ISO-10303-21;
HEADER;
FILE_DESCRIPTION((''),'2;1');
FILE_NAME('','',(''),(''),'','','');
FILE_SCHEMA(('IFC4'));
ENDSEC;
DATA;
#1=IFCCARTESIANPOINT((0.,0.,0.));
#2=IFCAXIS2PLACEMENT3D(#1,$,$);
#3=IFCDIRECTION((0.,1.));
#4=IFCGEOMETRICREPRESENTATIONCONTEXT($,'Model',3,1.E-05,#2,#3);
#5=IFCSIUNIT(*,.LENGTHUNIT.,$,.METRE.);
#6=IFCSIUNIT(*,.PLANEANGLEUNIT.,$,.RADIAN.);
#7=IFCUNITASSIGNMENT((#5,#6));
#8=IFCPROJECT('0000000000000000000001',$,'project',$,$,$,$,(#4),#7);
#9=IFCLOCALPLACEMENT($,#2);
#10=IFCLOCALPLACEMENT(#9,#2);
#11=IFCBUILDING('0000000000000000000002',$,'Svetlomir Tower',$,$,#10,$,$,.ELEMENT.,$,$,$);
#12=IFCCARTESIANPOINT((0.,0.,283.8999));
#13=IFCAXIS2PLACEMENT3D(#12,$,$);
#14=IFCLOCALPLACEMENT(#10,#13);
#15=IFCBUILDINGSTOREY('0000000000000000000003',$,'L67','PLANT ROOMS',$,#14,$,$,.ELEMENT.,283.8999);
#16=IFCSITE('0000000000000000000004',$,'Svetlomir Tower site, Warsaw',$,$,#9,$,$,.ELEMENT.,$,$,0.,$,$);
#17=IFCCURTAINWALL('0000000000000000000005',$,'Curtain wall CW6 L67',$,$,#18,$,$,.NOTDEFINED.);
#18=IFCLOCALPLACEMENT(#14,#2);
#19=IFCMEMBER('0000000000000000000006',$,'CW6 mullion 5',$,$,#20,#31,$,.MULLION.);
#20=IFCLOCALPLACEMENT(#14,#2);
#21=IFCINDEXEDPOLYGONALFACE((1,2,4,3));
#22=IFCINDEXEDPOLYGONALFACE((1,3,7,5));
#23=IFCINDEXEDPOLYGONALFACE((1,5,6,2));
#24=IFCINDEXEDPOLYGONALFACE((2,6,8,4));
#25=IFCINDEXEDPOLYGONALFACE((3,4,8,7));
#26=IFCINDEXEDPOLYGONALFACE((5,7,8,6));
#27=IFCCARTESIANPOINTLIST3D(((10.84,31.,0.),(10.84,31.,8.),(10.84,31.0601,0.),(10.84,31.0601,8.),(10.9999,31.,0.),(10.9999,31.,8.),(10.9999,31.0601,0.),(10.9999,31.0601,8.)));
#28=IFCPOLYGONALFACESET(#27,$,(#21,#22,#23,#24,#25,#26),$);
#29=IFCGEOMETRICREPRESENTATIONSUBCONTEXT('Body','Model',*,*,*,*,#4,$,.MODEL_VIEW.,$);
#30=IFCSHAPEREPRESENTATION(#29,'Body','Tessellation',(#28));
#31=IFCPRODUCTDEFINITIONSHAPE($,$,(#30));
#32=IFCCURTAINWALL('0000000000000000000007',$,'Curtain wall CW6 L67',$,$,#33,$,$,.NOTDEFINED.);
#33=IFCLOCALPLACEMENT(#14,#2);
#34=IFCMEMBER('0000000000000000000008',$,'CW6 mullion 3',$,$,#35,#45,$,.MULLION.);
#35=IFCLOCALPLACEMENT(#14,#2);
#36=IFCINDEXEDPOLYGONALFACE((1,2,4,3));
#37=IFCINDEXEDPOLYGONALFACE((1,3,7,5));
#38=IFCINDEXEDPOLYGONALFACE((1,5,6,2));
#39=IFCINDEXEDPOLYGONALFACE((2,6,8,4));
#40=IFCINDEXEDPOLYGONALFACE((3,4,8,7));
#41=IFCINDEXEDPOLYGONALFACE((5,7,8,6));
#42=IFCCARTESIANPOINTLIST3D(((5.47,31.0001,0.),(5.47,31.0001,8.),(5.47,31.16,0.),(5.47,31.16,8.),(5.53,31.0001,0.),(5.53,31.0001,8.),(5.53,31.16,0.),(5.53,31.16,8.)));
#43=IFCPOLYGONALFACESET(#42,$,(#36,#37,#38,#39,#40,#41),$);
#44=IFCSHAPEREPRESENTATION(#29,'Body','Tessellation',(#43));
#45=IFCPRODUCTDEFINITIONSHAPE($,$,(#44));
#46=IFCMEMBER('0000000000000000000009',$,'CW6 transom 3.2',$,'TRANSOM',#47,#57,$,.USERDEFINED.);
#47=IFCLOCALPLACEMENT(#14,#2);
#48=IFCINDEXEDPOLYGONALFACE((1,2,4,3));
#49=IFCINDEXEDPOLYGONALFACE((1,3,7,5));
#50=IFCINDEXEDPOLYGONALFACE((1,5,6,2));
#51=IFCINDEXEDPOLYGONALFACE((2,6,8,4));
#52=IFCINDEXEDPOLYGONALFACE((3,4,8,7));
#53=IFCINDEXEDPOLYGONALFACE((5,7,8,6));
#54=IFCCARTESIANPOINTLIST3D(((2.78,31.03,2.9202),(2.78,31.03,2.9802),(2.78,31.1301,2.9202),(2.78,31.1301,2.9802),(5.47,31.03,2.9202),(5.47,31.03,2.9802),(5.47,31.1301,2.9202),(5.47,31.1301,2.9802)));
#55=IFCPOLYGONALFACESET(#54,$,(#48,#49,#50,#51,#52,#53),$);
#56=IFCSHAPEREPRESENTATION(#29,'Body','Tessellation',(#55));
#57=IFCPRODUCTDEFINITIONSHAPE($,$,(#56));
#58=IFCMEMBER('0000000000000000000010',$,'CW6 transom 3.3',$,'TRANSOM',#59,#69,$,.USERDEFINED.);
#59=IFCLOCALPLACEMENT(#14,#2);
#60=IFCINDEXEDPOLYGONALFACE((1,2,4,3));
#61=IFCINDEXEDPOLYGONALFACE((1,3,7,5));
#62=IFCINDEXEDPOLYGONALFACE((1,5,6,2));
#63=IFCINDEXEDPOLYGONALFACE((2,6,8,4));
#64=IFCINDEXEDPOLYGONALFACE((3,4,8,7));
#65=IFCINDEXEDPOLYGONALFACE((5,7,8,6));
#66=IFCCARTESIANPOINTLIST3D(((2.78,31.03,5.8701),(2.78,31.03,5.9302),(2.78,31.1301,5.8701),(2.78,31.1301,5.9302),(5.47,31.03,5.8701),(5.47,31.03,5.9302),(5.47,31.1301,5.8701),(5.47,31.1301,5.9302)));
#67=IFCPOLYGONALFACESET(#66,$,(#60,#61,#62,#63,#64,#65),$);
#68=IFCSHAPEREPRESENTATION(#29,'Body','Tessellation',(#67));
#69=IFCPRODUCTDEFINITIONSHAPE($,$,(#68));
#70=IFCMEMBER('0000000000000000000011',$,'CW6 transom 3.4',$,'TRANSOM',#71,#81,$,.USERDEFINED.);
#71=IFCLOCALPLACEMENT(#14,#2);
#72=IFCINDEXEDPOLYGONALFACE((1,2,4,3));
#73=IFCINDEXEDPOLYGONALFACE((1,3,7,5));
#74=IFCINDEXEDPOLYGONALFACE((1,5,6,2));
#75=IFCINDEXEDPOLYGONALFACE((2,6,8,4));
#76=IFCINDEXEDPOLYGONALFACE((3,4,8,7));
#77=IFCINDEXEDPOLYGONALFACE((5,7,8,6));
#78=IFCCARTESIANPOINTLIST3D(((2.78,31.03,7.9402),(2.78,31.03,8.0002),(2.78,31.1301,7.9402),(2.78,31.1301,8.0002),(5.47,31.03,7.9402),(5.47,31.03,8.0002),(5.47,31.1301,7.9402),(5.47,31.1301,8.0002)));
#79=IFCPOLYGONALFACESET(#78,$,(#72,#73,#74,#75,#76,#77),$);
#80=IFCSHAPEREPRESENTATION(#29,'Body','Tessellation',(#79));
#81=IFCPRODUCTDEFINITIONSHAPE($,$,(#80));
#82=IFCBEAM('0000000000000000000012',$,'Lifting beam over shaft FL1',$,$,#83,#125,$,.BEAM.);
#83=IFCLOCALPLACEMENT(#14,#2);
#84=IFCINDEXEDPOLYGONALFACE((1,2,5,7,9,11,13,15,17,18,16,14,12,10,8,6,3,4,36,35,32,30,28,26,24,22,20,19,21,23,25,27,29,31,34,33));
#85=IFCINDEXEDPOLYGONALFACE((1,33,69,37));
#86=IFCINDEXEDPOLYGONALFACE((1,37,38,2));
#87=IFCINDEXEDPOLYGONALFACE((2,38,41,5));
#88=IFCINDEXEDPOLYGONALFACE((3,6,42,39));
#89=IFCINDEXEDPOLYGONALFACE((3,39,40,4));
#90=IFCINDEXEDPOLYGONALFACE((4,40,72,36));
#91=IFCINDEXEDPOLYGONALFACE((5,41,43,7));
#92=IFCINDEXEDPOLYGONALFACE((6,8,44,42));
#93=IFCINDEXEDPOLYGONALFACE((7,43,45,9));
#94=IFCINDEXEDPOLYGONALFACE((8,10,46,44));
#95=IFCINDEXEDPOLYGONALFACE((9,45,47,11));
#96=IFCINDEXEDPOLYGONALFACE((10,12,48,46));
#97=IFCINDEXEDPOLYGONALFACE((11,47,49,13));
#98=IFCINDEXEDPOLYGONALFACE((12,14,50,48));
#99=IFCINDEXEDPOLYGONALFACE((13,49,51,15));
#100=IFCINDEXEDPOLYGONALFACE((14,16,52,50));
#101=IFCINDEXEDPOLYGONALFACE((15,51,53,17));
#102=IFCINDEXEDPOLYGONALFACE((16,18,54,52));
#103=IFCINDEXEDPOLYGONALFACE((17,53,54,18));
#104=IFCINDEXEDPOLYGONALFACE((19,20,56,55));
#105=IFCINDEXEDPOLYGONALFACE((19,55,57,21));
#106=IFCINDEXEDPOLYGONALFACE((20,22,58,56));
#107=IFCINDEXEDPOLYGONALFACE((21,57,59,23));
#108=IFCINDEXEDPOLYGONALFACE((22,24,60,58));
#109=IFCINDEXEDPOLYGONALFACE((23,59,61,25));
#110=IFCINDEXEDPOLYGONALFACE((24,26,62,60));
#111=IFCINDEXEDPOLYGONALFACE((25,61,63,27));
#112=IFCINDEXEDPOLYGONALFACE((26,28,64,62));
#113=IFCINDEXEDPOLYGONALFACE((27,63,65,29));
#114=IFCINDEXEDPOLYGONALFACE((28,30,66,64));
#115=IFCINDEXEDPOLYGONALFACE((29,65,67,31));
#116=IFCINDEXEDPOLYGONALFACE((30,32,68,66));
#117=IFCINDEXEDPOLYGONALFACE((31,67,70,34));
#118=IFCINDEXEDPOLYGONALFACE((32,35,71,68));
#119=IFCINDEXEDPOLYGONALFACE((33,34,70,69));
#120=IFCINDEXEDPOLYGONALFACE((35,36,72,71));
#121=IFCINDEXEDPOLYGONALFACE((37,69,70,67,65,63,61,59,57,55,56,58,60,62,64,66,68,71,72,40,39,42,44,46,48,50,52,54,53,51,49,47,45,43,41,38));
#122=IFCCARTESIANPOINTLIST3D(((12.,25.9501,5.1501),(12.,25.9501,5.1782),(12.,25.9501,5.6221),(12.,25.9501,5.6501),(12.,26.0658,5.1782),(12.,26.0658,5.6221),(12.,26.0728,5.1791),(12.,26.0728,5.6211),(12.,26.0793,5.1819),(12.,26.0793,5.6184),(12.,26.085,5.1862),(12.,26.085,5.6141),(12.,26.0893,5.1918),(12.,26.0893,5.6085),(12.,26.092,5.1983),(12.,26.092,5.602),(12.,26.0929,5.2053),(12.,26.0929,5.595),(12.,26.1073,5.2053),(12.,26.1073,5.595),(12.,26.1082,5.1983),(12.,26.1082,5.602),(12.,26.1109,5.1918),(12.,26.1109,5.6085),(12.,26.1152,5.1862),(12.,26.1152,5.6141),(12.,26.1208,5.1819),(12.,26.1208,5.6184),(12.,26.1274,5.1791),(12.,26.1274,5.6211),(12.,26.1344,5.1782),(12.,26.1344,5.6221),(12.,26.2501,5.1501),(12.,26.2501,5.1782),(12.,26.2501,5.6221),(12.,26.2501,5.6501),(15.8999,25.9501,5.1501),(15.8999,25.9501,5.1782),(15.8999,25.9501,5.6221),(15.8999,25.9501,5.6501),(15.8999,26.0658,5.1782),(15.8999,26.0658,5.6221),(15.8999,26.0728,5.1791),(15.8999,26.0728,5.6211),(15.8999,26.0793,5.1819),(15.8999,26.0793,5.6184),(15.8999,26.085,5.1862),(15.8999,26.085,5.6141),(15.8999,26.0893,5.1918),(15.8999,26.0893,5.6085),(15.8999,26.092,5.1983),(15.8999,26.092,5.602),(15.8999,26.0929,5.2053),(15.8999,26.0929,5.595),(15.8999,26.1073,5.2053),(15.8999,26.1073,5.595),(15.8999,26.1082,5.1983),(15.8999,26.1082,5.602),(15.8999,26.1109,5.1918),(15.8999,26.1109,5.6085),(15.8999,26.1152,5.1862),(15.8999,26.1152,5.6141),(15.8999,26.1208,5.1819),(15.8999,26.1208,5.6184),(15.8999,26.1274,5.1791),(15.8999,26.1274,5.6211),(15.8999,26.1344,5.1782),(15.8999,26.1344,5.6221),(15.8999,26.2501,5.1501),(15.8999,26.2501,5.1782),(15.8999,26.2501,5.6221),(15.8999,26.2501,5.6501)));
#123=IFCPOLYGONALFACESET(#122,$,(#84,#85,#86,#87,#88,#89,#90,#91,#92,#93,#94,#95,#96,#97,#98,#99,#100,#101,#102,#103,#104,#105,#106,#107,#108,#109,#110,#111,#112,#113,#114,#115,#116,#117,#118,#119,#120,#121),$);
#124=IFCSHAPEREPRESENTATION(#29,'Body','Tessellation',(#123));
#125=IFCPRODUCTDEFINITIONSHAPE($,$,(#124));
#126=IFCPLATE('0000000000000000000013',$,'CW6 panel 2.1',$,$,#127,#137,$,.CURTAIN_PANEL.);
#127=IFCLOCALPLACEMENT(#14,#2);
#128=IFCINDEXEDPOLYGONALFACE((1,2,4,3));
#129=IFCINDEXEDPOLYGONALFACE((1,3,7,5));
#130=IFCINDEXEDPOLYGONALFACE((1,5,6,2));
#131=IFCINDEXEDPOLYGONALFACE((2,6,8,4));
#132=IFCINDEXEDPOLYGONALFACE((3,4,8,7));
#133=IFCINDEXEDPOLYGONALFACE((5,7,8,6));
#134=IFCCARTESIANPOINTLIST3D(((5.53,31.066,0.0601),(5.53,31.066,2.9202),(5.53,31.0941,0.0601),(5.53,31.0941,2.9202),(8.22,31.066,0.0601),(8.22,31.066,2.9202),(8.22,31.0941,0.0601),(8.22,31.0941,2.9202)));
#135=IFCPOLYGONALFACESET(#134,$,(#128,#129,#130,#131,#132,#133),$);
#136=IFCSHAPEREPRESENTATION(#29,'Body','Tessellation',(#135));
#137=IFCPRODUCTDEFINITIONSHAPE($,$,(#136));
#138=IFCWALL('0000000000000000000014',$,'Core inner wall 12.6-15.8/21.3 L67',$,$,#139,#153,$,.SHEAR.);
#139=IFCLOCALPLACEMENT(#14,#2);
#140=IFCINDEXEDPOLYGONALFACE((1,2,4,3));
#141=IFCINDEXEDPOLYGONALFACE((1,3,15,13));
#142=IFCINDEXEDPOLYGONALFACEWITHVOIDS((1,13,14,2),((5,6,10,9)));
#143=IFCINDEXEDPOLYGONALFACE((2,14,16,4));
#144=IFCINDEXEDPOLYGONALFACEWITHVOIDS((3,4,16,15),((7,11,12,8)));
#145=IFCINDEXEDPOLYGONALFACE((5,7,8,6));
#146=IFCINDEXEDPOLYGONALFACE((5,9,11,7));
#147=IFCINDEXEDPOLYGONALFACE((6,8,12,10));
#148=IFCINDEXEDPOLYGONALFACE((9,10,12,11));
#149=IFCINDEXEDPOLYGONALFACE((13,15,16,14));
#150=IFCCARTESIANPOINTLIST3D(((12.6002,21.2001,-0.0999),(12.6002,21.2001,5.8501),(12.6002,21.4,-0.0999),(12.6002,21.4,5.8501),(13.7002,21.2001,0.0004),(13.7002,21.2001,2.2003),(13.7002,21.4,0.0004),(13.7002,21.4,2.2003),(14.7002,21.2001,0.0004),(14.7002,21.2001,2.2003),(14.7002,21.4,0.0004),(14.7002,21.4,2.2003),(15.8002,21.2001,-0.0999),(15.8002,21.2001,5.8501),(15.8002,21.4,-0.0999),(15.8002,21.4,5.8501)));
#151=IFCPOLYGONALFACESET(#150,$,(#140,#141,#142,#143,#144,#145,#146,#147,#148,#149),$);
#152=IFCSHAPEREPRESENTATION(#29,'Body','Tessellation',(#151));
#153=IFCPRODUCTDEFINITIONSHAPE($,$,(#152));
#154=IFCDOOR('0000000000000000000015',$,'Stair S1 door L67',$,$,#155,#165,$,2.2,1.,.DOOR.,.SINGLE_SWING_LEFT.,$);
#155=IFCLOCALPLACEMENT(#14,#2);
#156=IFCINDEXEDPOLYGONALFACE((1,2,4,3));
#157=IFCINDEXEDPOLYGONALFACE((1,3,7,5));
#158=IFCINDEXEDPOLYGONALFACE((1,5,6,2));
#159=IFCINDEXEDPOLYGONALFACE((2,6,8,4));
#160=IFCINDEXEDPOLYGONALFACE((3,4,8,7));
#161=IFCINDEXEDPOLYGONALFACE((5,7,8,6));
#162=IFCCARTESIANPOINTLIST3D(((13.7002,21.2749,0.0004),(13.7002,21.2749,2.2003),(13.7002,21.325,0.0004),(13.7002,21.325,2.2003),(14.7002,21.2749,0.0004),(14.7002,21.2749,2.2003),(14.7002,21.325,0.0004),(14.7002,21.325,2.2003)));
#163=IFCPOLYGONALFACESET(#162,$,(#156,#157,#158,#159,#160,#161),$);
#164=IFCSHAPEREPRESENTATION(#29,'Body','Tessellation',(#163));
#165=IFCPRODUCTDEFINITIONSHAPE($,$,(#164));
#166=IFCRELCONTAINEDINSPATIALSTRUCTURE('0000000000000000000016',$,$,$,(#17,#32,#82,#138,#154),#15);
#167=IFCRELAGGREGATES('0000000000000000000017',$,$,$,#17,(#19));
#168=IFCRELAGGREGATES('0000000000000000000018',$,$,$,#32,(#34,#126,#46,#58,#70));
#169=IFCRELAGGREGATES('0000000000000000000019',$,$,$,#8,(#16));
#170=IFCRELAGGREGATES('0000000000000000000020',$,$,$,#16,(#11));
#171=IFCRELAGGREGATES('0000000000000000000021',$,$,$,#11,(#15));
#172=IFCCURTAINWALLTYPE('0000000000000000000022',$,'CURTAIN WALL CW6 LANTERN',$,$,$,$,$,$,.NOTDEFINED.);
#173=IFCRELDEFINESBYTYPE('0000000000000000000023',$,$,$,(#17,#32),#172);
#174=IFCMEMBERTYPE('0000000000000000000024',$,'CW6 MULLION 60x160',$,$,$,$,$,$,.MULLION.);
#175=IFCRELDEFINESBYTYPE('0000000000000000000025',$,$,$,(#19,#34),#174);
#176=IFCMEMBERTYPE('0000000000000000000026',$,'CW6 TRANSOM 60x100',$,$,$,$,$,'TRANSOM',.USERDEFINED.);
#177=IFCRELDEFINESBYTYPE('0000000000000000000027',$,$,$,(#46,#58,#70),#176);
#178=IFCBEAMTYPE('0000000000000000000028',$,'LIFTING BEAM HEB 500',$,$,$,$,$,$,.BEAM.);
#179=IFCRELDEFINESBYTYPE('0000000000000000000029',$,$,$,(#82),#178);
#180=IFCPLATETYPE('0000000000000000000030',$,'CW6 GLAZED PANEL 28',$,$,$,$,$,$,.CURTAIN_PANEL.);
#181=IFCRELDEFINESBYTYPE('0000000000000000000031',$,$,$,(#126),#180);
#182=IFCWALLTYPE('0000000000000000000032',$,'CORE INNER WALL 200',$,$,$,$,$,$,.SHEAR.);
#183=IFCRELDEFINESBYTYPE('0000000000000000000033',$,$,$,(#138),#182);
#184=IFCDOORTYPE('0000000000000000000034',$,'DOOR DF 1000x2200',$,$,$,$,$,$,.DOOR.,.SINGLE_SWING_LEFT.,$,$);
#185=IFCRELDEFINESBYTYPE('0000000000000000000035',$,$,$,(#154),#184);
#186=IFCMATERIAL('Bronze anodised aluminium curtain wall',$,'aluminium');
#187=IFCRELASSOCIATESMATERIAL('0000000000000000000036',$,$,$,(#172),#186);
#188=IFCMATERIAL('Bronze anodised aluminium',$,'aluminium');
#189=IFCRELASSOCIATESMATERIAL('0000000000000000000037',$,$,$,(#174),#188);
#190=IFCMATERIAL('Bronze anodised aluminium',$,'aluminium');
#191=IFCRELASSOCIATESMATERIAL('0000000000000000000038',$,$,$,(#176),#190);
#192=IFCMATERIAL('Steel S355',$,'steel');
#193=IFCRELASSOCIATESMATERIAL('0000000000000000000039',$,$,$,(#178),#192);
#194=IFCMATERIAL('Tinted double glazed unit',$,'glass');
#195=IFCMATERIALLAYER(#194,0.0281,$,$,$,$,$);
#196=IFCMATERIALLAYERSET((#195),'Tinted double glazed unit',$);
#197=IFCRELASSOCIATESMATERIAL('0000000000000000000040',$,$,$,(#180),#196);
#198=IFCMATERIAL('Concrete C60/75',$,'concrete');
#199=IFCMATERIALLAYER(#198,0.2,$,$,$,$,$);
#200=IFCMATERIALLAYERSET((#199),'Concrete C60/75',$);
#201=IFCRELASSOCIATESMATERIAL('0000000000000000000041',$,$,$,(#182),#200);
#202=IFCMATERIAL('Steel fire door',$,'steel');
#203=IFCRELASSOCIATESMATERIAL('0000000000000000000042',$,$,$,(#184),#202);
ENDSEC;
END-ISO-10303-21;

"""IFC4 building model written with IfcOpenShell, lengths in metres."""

from ifc_helpers import new_model, si_unit, direction, frame, frame_2d, origin, origin_2d, place, context, subcontext, project, spatial, rectangle, i_section, extrude, material, layer, layer_set, material_profile, profile_set, type_object, element, fill, aggregate, save


model = new_model("IFC4")

# Units and contexts
model_context = context("Model", 3, precision=1e-05, world=origin(), true_north=direction((0.0, 1.0)))
body_context = subcontext(model_context, "Body", "Model", "MODEL_VIEW")
ifc_project = project(units=[si_unit("LENGTHUNIT", "METRE"), si_unit("PLANEANGLEUNIT", "RADIAN")], contexts=[model_context])

# Site, building, storey
site_placement = place(None, origin())
site = spatial("IfcSite", under=ifc_project, at=site_placement, Name="Svetlomir Tower site, Warsaw", CompositionType="ELEMENT", RefElevation=0.0)
building_placement = place(site_placement, origin())
building = spatial("IfcBuilding", under=site, at=building_placement, Name="Svetlomir Tower", CompositionType="ELEMENT")
storey_placement = place(building_placement, frame((0.0, 0.0, 283.8999)))
storey = spatial("IfcBuildingStorey", under=building, at=storey_placement, Name="L67", Description="PLANT ROOMS", CompositionType="ELEMENT", Elevation=283.8999)

# Curtain wall, member
ifc_material_1 = material(Name="Bronze anodised aluminium curtain wall", Category="aluminium")
curtain_wall_type = type_object("IfcCurtainWallType", Name="CURTAIN WALL CW6 LANTERN", PredefinedType="NOTDEFINED", material=ifc_material_1)
curtain_wall_1_placement = place(storey_placement, origin())
curtain_wall_1 = element("IfcCurtainWall", 1, at=curtain_wall_1_placement, inside=storey, type_object=curtain_wall_type, Name="Curtain wall CW6 L67", PredefinedType="NOTDEFINED")
ifc_material_2 = material(Name="Bronze anodised aluminium", Category="aluminium")
ifc_material_profile_1 = material_profile(ifc_material_2, rectangle(XDim=0.0601, YDim=0.1599, at=origin_2d()), Name="AL 60x160")
ifc_profile_set_1 = profile_set([ifc_material_profile_1], Name="Bronze anodised aluminium 6063-T6")
member_type_1 = type_object("IfcMemberType", Name="CW6 MULLION 60x160", PredefinedType="MULLION", material=ifc_profile_set_1)
member_1_placement = place(storey_placement, frame((10.9199, 31.03, 0.0), z_axis=(0.0, 0.0, 1.0), x_axis=(0.0, -1.0, 0.0)))
member_1 = element("IfcMember", 2, at=member_1_placement, type_object=member_type_1, Name="CW6 mullion 5", PredefinedType="MULLION", context=body_context, shape_type="SweptSolid", body=[
    extrude(rectangle(XDim=0.0601, YDim=0.1599, at=origin_2d()), origin(), (0.0, 0.0, 1.0), 8.0),
])
aggregate(curtain_wall_1, [member_1])

# Curtain wall, members
curtain_wall_2_placement = place(storey_placement, origin())
curtain_wall_2 = element("IfcCurtainWall", 3, at=curtain_wall_2_placement, inside=storey, type_object=curtain_wall_type, Name="Curtain wall CW6 L67", PredefinedType="NOTDEFINED")
member_2_placement = place(storey_placement, frame((5.5, 31.0801, 0.0), z_axis=(0.0, 0.0, 1.0), x_axis=(-1.0, 0.0, 0.0)))
member_2 = element("IfcMember", 4, at=member_2_placement, type_object=member_type_1, Name="CW6 mullion 3", PredefinedType="MULLION", context=body_context, shape_type="SweptSolid", body=[
    extrude(rectangle(XDim=0.0601, YDim=0.1599, at=origin_2d()), origin(), (0.0, 0.0, 1.0), 8.0),
])
ifc_material_3 = material(Name="Bronze anodised aluminium", Category="aluminium")
ifc_material_profile_2 = material_profile(ifc_material_3, rectangle(XDim=0.1001, YDim=0.0601, at=origin_2d()), Name="AL 100x60")
ifc_profile_set_2 = profile_set([ifc_material_profile_2], Name="Bronze anodised aluminium 6063-T6")
member_type_2 = type_object("IfcMemberType", Name="CW6 TRANSOM 60x100", ElementType="TRANSOM", PredefinedType="USERDEFINED", material=ifc_profile_set_2)
member_3_placement = place(storey_placement, frame((5.47, 31.0801, 2.9502), z_axis=(-1.0, 0.0, 0.0), x_axis=(0.0, -1.0, 0.0)))
member_3 = element("IfcMember", 5, at=member_3_placement, type_object=member_type_2, Name="CW6 transom 3.2", ObjectType="TRANSOM", PredefinedType="USERDEFINED", context=body_context, shape_type="SweptSolid", body=[
    extrude(rectangle(XDim=0.1001, YDim=0.0601, at=origin_2d()), origin(), (0.0, 0.0, 1.0), 2.6899),
])
member_4_placement = place(storey_placement, frame((5.47, 31.0801, 5.9001), z_axis=(-1.0, 0.0, 0.0), x_axis=(0.0, -1.0, 0.0)))
member_4 = element("IfcMember", 6, at=member_4_placement, type_object=member_type_2, Name="CW6 transom 3.3", ObjectType="TRANSOM", PredefinedType="USERDEFINED", context=body_context, shape_type="SweptSolid", body=[
    extrude(rectangle(XDim=0.1001, YDim=0.0601, at=origin_2d()), origin(), (0.0, 0.0, 1.0), 2.6899),
])
member_5_placement = place(storey_placement, frame((5.47, 31.0801, 7.9702), z_axis=(-1.0, 0.0, 0.0), x_axis=(0.0, -1.0, 0.0)))
member_5 = element("IfcMember", 7, at=member_5_placement, type_object=member_type_2, Name="CW6 transom 3.4", ObjectType="TRANSOM", PredefinedType="USERDEFINED", context=body_context, shape_type="SweptSolid", body=[
    extrude(rectangle(XDim=0.1001, YDim=0.0601, at=origin_2d()), origin(), (0.0, 0.0, 1.0), 2.6899),
])

# Beam
ifc_material_4 = material(Name="Steel S355", Category="steel")
ifc_material_profile_3 = material_profile(ifc_material_4, i_section(OverallWidth=0.3, OverallDepth=0.5, WebThickness=0.0144, FlangeThickness=0.0281, FilletRadius=0.0271, at=origin_2d()), Name="HEB 500")
ifc_profile_set_3 = profile_set([ifc_material_profile_3], Name="Steel S355")
beam_type = type_object("IfcBeamType", Name="LIFTING BEAM HEB 500", PredefinedType="BEAM", material=ifc_profile_set_3)
beam_placement = place(storey_placement, frame((12.0, 26.1001, 5.4001), z_axis=(1.0, 0.0, 0.0), x_axis=(0.0, 1.0, 0.0)))
element("IfcBeam", 8, at=beam_placement, inside=storey, type_object=beam_type, Name="Lifting beam over shaft FL1", PredefinedType="BEAM", context=body_context, shape_type="SweptSolid", body=[
    extrude(i_section(OverallWidth=0.3, OverallDepth=0.5, WebThickness=0.0144, FlangeThickness=0.0281, FilletRadius=0.0271, at=origin_2d()), origin(), (0.0, 0.0, 1.0), 3.8999),
])

# Plate
ifc_material_5 = material(Name="Tinted double glazed unit", Category="glass")
ifc_layer_1 = layer(ifc_material_5, 0.0281)
ifc_layer_set_1 = layer_set([ifc_layer_1], Name="Tinted double glazed unit")
plate_type = type_object("IfcPlateType", Name="CW6 GLAZED PANEL 28", PredefinedType="CURTAIN_PANEL", material=ifc_layer_set_1)
plate_placement = place(storey_placement, frame((6.875, 31.0801, 0.0601), z_axis=(0.0, 0.0, 1.0), x_axis=(-1.0, 0.0, 0.0)))
plate = element("IfcPlate", 9, at=plate_placement, type_object=plate_type, Name="CW6 panel 2.1", PredefinedType="CURTAIN_PANEL", context=body_context, shape_type="SweptSolid", body=[
    extrude(rectangle(XDim=2.6899, YDim=0.0281, at=origin_2d()), origin(), (0.0, 0.0, 1.0), 2.8601),
])
aggregate(curtain_wall_2, [member_2, plate, member_3, member_4, member_5])

# Wall, opening, door
ifc_material_6 = material(Name="Concrete C60/75", Category="concrete")
ifc_layer_2 = layer(ifc_material_6, 0.2)
ifc_layer_set_2 = layer_set([ifc_layer_2], Name="Concrete C60/75")
wall_type_1 = type_object("IfcWallType", Name="CORE INNER WALL 200", PredefinedType="SHEAR", material=ifc_layer_set_2)
wall_1_placement = place(storey_placement, frame((12.6001, 21.3, -0.0999), z_axis=(0.0, 0.0, 1.0), x_axis=(1.0, 0.0, 0.0)))
wall_1 = element("IfcWall", 10, at=wall_1_placement, inside=storey, type_object=wall_type_1, Name="Core inner wall 12.6-15.8/21.3 L67", PredefinedType="SHEAR", context=body_context, shape_type="SweptSolid", body=[
    extrude(rectangle(XDim=3.2, YDim=0.2, at=frame_2d((1.6001, 0.0))), origin(), (0.0, 0.0, 1.0), 5.95),
])
opening_1_placement = place(wall_1_placement, frame((1.1001, 0.0, 0.1001)))
opening_1 = element("IfcOpeningElement", 11, at=opening_1_placement, cuts=wall_1, PredefinedType="OPENING", context=body_context, shape_type="SweptSolid", body=[
    extrude(rectangle(XDim=1.0, YDim=2.2, at=frame_2d((0.5, 1.1001))), frame((0.0, 0.1099, 0.0), z_axis=(0.0, -1.0, 0.0), x_axis=(1.0, 0.0, 0.0)), (0.0, 0.0, 1.0), 0.22),
])
ifc_material_7 = material(Name="Steel fire door", Category="steel")
door_type_1 = type_object("IfcDoorType", Name="DOOR DF 1000x2200", OperationType="SINGLE_SWING_LEFT", PredefinedType="DOOR", material=ifc_material_7)
door_1_placement = place(opening_1_placement, origin())
door_1 = element("IfcDoor", 12, at=door_1_placement, inside=storey, type_object=door_type_1, Name="Stair S1 door L67", OperationType="SINGLE_SWING_LEFT", OverallHeight=2.2, OverallWidth=1.0, PredefinedType="DOOR", context=body_context, shape_type="SweptSolid", body=[
    extrude(rectangle(XDim=1.0, YDim=2.2, at=frame_2d((0.5, 1.1001))), frame((0.0, 0.0249, 0.0), z_axis=(0.0, -1.0, 0.0), x_axis=(1.0, 0.0, 0.0)), (0.0, 0.0, 1.0), 0.05),
])
fill(opening_1, door_1)

save(model, "model.ifc")
